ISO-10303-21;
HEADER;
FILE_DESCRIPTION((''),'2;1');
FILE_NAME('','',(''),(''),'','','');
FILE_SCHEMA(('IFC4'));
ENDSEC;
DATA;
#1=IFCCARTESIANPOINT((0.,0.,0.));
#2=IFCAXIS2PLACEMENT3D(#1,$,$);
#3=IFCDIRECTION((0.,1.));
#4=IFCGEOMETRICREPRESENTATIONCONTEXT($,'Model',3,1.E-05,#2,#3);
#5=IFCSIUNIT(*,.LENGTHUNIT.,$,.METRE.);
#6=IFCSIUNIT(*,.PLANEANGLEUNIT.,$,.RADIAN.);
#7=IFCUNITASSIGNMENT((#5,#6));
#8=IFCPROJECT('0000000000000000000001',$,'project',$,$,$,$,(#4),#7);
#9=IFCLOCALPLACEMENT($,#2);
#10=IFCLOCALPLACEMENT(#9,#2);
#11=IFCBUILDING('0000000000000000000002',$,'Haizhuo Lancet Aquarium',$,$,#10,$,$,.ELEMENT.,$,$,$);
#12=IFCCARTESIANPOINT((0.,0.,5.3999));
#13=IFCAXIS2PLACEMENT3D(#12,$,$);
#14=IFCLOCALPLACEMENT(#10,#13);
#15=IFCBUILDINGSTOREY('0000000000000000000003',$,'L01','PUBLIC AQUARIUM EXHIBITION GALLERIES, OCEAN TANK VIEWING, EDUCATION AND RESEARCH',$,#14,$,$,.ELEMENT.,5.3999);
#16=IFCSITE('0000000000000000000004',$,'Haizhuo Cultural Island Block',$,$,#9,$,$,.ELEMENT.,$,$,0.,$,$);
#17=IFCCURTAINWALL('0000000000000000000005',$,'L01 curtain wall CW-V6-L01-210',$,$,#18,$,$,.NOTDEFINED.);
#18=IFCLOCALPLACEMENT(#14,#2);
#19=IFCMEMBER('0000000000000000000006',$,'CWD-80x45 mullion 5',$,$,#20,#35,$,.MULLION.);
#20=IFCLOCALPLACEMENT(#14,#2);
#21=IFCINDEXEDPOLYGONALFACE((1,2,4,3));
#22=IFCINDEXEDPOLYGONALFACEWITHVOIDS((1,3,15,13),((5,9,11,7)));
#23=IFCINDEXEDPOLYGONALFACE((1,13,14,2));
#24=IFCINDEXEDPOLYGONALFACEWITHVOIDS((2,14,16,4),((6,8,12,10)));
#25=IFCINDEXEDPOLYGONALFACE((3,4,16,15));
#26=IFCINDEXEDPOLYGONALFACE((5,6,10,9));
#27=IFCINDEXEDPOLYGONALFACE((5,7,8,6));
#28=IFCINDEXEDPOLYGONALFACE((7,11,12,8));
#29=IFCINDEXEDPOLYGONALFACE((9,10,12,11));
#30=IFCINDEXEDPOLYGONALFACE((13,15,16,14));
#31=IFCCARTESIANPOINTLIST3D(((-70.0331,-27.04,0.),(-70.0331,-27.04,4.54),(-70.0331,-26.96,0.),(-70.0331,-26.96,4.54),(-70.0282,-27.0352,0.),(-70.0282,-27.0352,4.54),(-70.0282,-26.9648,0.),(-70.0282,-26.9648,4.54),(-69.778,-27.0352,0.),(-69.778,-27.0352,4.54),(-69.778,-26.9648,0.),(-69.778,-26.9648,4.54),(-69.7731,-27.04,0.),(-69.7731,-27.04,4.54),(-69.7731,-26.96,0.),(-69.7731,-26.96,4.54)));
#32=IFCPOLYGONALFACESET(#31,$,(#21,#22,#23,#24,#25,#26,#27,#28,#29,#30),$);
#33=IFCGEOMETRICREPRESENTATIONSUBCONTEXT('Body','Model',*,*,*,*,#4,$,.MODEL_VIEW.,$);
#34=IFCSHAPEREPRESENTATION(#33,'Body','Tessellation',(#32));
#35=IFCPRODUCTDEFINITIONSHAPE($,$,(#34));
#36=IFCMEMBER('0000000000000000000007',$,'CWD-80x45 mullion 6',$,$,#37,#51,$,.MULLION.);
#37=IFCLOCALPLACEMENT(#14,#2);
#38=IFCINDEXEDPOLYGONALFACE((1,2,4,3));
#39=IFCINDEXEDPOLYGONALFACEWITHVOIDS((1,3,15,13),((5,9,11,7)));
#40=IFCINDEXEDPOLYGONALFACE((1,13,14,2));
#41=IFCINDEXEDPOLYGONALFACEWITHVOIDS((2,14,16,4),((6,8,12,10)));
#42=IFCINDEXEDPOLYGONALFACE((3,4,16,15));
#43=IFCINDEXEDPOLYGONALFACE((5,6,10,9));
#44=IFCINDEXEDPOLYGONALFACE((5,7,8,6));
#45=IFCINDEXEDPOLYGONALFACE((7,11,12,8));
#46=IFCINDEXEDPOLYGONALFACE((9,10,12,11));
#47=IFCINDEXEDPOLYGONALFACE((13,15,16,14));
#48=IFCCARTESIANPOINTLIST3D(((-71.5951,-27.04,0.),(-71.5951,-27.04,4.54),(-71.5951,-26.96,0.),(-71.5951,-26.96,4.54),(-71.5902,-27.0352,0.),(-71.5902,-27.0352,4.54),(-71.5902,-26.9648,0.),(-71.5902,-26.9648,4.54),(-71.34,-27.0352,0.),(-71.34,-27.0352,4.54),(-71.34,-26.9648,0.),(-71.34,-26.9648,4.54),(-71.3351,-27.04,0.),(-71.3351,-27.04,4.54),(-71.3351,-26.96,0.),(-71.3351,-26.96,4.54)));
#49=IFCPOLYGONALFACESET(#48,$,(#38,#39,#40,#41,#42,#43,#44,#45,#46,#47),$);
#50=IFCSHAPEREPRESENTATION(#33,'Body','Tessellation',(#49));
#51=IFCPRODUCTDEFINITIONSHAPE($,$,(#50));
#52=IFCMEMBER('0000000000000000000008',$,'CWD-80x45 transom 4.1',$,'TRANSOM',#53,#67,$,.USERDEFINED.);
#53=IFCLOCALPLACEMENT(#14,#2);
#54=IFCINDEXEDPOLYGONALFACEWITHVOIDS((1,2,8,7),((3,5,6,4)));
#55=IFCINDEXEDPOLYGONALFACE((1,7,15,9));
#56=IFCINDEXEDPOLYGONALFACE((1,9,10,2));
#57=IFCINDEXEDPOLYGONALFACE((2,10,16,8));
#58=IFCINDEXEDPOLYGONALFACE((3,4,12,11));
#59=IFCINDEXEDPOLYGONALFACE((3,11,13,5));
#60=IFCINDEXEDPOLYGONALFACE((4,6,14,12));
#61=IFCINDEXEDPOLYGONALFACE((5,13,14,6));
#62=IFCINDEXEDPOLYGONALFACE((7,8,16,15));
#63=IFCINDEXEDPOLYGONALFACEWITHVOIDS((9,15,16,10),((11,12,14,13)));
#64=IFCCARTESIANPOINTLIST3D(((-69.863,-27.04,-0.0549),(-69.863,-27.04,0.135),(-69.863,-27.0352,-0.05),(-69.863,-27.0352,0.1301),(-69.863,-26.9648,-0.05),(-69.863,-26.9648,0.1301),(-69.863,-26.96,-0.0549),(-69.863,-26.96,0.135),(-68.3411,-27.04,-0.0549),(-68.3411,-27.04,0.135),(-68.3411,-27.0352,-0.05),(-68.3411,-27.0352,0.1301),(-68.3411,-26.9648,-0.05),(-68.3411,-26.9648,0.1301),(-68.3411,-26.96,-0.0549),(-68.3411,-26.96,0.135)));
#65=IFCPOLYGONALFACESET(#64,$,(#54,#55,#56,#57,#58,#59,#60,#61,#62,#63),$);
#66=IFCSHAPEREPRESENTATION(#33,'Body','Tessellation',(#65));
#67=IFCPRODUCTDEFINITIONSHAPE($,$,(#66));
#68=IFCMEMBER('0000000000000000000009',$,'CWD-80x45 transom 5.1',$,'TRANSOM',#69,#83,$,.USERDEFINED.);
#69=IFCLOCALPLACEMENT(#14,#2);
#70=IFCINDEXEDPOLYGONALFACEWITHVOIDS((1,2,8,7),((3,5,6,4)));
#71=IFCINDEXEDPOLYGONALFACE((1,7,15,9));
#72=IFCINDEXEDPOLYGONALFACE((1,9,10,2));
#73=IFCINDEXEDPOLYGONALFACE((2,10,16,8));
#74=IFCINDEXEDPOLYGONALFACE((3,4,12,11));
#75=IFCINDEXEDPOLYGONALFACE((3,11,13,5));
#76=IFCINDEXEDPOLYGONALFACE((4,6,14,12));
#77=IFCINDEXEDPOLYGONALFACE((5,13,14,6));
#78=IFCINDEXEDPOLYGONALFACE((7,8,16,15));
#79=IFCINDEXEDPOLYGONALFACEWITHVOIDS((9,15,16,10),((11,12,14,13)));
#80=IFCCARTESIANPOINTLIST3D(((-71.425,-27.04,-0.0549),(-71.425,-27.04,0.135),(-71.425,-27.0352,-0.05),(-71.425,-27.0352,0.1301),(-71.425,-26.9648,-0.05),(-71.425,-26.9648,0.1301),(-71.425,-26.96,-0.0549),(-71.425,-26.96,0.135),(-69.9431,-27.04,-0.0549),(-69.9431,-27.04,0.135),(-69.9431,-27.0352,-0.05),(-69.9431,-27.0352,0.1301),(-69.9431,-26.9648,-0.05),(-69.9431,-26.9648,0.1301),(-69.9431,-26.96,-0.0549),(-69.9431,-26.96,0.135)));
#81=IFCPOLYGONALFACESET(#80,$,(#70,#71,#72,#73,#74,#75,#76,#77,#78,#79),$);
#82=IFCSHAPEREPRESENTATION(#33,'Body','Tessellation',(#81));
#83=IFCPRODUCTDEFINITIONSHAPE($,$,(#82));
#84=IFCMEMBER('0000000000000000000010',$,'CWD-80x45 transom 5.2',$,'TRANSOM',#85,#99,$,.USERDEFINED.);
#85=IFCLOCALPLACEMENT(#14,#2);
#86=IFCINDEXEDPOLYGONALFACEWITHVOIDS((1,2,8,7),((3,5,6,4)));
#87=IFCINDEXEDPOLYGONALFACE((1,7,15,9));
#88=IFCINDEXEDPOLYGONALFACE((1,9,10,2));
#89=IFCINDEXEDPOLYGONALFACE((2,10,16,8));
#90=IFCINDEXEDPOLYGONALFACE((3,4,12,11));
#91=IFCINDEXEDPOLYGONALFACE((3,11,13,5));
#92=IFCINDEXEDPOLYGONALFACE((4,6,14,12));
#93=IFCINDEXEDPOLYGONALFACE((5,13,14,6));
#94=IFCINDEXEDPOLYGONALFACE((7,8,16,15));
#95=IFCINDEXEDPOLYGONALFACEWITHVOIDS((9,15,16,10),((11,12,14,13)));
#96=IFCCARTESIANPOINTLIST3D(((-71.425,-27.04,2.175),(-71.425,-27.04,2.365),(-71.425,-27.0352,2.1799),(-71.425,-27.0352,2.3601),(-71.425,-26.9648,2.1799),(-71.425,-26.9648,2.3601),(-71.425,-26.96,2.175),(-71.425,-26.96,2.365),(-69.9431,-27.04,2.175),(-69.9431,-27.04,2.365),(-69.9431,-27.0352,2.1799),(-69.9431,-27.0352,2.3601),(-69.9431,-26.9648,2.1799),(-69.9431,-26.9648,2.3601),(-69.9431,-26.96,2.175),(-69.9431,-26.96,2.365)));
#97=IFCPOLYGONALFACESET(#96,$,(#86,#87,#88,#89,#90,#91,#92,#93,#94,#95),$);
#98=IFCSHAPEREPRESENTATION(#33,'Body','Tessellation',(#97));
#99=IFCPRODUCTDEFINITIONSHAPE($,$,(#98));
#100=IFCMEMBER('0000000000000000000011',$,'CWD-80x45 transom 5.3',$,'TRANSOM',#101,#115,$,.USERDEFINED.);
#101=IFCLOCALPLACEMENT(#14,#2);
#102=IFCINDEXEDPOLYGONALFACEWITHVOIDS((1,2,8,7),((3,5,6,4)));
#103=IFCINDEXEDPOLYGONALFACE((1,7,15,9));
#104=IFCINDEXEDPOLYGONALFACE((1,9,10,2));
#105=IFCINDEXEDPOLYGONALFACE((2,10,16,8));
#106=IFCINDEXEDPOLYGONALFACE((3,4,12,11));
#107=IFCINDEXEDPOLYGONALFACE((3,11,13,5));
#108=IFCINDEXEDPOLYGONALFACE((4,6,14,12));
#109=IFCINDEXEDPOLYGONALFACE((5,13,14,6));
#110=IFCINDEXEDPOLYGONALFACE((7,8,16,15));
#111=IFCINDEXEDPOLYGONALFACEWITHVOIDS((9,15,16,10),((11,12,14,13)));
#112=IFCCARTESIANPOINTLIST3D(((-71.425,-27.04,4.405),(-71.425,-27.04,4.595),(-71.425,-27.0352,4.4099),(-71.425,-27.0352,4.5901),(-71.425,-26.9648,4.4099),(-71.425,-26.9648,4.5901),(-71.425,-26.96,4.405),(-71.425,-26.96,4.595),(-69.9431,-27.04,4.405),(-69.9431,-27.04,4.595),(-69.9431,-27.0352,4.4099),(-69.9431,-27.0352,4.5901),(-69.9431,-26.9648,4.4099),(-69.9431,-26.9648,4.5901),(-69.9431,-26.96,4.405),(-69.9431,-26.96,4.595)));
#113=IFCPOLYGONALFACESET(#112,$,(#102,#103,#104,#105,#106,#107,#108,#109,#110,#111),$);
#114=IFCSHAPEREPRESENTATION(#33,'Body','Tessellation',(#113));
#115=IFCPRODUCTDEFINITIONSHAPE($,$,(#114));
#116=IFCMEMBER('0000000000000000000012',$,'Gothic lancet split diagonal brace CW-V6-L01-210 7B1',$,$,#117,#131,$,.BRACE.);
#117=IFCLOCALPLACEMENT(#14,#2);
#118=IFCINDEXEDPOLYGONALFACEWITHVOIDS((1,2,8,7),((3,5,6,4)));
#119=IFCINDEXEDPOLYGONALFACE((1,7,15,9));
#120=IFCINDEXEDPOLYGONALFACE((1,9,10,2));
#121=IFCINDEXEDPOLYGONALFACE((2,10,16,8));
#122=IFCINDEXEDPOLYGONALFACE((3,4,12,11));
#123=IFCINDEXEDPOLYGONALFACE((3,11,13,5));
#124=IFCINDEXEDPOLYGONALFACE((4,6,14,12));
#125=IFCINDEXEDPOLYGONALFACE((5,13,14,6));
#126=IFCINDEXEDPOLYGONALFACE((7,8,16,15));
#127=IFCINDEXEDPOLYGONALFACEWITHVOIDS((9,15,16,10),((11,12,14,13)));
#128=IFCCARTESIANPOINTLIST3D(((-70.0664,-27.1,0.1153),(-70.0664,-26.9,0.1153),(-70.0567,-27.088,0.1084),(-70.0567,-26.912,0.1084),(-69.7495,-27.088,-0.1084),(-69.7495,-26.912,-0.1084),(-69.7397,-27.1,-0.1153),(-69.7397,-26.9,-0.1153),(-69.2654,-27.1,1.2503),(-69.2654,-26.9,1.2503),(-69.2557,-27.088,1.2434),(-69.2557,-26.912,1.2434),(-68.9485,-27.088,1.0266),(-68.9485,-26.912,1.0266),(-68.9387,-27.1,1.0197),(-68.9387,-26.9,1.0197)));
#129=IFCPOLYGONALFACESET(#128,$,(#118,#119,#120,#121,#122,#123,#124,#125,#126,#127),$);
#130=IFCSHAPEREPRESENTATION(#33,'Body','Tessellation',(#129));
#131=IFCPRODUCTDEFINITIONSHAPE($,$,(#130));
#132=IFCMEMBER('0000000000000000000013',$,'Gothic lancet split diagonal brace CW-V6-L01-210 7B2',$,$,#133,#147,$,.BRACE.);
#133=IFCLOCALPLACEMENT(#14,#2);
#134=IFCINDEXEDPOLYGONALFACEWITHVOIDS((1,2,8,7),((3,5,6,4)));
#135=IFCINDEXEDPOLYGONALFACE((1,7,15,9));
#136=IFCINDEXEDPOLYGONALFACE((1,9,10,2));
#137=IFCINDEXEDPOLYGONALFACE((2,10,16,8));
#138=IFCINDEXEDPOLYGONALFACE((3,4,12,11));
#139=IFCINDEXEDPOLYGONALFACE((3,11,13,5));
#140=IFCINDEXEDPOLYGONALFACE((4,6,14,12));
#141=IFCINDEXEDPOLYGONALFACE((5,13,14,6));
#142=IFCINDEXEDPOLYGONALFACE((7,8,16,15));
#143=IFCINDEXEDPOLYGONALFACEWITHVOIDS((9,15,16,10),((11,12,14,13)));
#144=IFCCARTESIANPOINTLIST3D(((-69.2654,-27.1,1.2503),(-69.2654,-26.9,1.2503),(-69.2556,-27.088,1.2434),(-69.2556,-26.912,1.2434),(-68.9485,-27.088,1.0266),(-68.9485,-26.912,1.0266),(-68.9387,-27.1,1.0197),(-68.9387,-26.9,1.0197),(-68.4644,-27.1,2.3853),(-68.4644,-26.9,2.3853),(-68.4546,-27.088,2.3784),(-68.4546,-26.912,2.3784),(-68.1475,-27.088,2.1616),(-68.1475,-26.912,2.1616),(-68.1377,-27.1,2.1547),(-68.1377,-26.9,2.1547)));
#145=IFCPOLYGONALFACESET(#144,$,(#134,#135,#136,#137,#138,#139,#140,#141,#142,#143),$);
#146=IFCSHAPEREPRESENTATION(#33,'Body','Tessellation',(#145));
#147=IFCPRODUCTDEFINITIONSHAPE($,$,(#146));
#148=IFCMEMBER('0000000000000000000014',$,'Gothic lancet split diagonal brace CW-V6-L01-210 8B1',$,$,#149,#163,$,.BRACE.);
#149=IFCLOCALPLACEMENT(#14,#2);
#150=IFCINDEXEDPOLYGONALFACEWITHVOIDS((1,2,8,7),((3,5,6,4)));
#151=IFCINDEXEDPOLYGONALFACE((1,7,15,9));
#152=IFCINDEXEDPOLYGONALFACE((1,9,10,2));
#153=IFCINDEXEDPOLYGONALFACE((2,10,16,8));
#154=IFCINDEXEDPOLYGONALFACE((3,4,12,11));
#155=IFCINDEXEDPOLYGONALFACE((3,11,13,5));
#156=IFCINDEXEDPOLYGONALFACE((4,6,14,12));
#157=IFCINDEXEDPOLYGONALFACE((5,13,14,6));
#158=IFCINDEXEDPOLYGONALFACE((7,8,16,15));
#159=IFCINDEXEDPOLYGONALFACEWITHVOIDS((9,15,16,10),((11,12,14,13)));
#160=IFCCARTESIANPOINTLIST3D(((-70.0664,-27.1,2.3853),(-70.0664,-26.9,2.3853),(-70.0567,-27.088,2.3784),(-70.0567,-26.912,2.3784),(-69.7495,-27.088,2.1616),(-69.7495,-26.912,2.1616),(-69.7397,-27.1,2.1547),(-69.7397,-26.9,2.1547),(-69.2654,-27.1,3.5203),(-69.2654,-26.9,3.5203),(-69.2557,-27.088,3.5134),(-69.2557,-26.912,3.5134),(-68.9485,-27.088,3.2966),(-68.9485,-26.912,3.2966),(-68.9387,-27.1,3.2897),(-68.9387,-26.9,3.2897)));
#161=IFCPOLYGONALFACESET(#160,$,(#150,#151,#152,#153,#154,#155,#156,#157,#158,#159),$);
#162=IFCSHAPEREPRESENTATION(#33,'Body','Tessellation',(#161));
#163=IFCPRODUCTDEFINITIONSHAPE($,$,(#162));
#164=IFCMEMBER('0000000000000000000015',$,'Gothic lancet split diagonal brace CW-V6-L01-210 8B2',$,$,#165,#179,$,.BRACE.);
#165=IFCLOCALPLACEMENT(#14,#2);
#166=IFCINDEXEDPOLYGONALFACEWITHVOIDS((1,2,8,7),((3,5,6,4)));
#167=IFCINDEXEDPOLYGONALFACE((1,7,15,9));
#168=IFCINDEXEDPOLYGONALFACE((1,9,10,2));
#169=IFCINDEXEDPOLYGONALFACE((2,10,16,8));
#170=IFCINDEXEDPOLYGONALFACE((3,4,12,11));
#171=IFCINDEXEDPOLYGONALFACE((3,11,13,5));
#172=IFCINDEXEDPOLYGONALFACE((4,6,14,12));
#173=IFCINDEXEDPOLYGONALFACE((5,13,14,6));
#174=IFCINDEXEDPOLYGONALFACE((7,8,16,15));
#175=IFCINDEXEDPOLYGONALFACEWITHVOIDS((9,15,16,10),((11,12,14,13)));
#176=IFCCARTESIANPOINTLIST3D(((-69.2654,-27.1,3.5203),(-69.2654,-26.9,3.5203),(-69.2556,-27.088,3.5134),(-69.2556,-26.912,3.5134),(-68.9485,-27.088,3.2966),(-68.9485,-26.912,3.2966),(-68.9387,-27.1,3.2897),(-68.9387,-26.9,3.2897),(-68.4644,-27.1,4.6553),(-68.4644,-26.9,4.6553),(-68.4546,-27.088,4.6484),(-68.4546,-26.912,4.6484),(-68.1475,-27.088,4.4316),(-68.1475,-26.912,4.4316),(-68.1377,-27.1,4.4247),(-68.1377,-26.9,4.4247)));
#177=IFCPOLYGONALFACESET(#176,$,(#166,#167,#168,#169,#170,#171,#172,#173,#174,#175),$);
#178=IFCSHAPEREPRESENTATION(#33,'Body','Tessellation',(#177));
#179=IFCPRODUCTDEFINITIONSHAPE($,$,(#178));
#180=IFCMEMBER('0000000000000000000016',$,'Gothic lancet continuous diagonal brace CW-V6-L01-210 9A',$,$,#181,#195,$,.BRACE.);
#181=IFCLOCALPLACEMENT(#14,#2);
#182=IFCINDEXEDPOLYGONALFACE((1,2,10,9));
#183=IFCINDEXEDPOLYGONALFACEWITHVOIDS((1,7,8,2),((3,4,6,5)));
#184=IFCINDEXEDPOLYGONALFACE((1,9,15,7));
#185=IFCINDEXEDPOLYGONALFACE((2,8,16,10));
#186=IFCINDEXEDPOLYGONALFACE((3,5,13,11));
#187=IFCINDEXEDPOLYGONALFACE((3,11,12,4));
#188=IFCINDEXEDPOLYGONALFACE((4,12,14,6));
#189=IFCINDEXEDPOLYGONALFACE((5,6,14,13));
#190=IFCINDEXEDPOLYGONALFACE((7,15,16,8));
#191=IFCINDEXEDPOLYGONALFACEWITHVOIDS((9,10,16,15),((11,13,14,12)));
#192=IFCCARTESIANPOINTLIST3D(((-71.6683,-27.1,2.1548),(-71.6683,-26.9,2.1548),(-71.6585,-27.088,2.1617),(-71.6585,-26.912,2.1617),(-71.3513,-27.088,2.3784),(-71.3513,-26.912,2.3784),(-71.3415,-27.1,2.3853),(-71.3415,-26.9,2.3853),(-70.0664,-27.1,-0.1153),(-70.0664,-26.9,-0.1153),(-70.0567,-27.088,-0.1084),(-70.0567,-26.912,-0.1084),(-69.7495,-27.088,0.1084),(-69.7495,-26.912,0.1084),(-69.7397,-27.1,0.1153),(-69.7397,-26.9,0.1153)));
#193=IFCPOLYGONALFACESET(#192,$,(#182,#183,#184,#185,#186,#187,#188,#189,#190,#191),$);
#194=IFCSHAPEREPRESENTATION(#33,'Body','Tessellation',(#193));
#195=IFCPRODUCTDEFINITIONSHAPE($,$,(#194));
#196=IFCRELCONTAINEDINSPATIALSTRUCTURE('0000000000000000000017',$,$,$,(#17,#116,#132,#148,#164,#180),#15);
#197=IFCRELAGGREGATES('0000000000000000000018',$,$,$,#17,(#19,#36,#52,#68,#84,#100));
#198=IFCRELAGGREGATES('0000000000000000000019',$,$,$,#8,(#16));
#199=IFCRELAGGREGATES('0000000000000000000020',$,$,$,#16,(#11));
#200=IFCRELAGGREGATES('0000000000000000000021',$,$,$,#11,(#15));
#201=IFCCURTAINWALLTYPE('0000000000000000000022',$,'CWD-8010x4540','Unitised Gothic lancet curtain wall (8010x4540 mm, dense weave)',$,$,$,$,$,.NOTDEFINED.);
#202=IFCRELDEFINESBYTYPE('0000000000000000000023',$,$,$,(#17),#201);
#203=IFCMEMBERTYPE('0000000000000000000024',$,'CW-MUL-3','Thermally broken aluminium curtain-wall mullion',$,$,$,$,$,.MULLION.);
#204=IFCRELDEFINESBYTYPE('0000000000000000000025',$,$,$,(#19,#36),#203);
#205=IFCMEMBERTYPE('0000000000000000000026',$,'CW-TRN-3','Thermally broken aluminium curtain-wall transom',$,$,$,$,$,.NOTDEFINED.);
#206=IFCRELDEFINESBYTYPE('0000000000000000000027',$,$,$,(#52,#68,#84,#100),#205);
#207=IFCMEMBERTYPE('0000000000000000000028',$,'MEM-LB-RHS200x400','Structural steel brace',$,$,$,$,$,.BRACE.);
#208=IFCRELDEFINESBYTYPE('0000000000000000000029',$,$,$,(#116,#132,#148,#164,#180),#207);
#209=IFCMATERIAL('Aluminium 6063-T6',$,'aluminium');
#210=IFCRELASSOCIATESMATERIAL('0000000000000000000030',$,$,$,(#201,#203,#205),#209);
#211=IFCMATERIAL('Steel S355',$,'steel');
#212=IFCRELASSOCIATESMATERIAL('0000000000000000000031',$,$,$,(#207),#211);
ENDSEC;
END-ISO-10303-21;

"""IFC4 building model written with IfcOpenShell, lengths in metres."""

from ifc_helpers import new_model, si_unit, direction, frame, origin, origin_2d, place, context, subcontext, project, spatial, hollow_rectangle, extrude, material, material_profile, profile_set, type_object, element, aggregate, save


model = new_model("IFC4")

# Units and contexts
model_context = context("Model", 3, precision=1e-05, world=origin(), true_north=direction((0.0, 1.0)))
body_context = subcontext(model_context, "Body", "Model", "MODEL_VIEW")
ifc_project = project(units=[si_unit("LENGTHUNIT", "METRE"), si_unit("PLANEANGLEUNIT", "RADIAN")], contexts=[model_context])

# Site, building, storey
site_placement = place(None, origin())
site = spatial("IfcSite", under=ifc_project, at=site_placement, Name="Haizhuo Cultural Island Block", CompositionType="ELEMENT", RefElevation=0.0)
building_placement = place(site_placement, origin())
building = spatial("IfcBuilding", under=site, at=building_placement, Name="Haizhuo Lancet Aquarium", CompositionType="ELEMENT")
storey_placement = place(building_placement, frame((0.0, 0.0, 5.3999)))
storey = spatial("IfcBuildingStorey", under=building, at=storey_placement, Name="L01", Description="PUBLIC AQUARIUM EXHIBITION GALLERIES, OCEAN TANK VIEWING, EDUCATION AND RESEARCH", CompositionType="ELEMENT", Elevation=5.3999)

# Curtain wall, members
ifc_material_1 = material(Name="Aluminium 6063-T6", Category="aluminium")
curtain_wall_type = type_object("IfcCurtainWallType", Name="CWD-8010x4540", Description="Unitised Gothic lancet curtain wall (8010x4540 mm, dense weave)", PredefinedType="NOTDEFINED", material=ifc_material_1)
curtain_wall_placement = place(storey_placement, origin())
curtain_wall = element("IfcCurtainWall", 1, at=curtain_wall_placement, inside=storey, type_object=curtain_wall_type, Name="L01 curtain wall CW-V6-L01-210", PredefinedType="NOTDEFINED")
ifc_material_profile_1 = material_profile(ifc_material_1, hollow_rectangle(XDim=0.0801, YDim=0.26, WallThickness=0.0049, at=origin_2d()), Name="ALU-M 80x260x5")
ifc_profile_set_1 = profile_set([ifc_material_profile_1], Name="Aluminium 6063-T6")
member_type_1 = type_object("IfcMemberType", Name="CW-MUL-3", Description="Thermally broken aluminium curtain-wall mullion", PredefinedType="MULLION", material=ifc_profile_set_1)
member_1_placement = place(storey_placement, frame((-69.9031, -27.0, 0.0), z_axis=(0.0, 0.0, 1.0), x_axis=(0.0, -1.0, 0.0)))
member_1 = element("IfcMember", 2, at=member_1_placement, type_object=member_type_1, Name="CWD-80x45 mullion 5", PredefinedType="MULLION", context=body_context, shape_type="SweptSolid", body=[
    extrude(hollow_rectangle(XDim=0.0801, YDim=0.26, WallThickness=0.0049, at=origin_2d()), origin(), (0.0, 0.0, 1.0), 4.54),
])
member_2_placement = place(storey_placement, frame((-71.4651, -27.0, 0.0), z_axis=(0.0, 0.0, 1.0), x_axis=(0.0, -1.0, 0.0)))
member_2 = element("IfcMember", 3, at=member_2_placement, type_object=member_type_1, Name="CWD-80x45 mullion 6", PredefinedType="MULLION", context=body_context, shape_type="SweptSolid", body=[
    extrude(hollow_rectangle(XDim=0.0801, YDim=0.26, WallThickness=0.0049, at=origin_2d()), origin(), (0.0, 0.0, 1.0), 4.54),
])
ifc_material_profile_2 = material_profile(ifc_material_1, hollow_rectangle(XDim=0.0801, YDim=0.1899, WallThickness=0.0049, at=origin_2d()), Name="ALU-T 80x190x5")
ifc_profile_set_2 = profile_set([ifc_material_profile_2], Name="Aluminium 6063-T6")
member_type_2 = type_object("IfcMemberType", Name="CW-TRN-3", Description="Thermally broken aluminium curtain-wall transom", PredefinedType="NOTDEFINED", material=ifc_profile_set_2)
member_3_placement = place(storey_placement, frame((-68.3411, -27.0, 0.04), z_axis=(-1.0, 0.0, 0.0), x_axis=(0.0, -1.0, 0.0)))
member_3 = element("IfcMember", 4, at=member_3_placement, type_object=member_type_2, Name="CWD-80x45 transom 4.1", ObjectType="TRANSOM", PredefinedType="USERDEFINED", context=body_context, shape_type="SweptSolid", body=[
    extrude(hollow_rectangle(XDim=0.0801, YDim=0.1899, WallThickness=0.0049, at=origin_2d()), origin(), (0.0, 0.0, 1.0), 1.522),
])
member_4_placement = place(storey_placement, frame((-69.9431, -27.0, 0.04), z_axis=(-1.0, 0.0, 0.0), x_axis=(0.0, -1.0, 0.0)))
member_4 = element("IfcMember", 5, at=member_4_placement, type_object=member_type_2, Name="CWD-80x45 transom 5.1", ObjectType="TRANSOM", PredefinedType="USERDEFINED", context=body_context, shape_type="SweptSolid", body=[
    extrude(hollow_rectangle(XDim=0.0801, YDim=0.1899, WallThickness=0.0049, at=origin_2d()), origin(), (0.0, 0.0, 1.0), 1.4819),
])
member_5_placement = place(storey_placement, frame((-69.9431, -27.0, 2.27), z_axis=(-1.0, 0.0, 0.0), x_axis=(0.0, -1.0, 0.0)))
member_5 = element("IfcMember", 6, at=member_5_placement, type_object=member_type_2, Name="CWD-80x45 transom 5.2", ObjectType="TRANSOM", PredefinedType="USERDEFINED", context=body_context, shape_type="SweptSolid", body=[
    extrude(hollow_rectangle(XDim=0.0801, YDim=0.1899, WallThickness=0.0049, at=origin_2d()), origin(), (0.0, 0.0, 1.0), 1.4819),
])
member_6_placement = place(storey_placement, frame((-69.9431, -27.0, 4.5), z_axis=(-1.0, 0.0, 0.0), x_axis=(0.0, -1.0, 0.0)))
member_6 = element("IfcMember", 7, at=member_6_placement, type_object=member_type_2, Name="CWD-80x45 transom 5.3", ObjectType="TRANSOM", PredefinedType="USERDEFINED", context=body_context, shape_type="SweptSolid", body=[
    extrude(hollow_rectangle(XDim=0.0801, YDim=0.1899, WallThickness=0.0049, at=origin_2d()), origin(), (0.0, 0.0, 1.0), 1.4819),
])

# Members
ifc_material_2 = material(Name="Steel S355", Category="steel")
ifc_material_profile_3 = material_profile(ifc_material_2, hollow_rectangle(XDim=0.2, YDim=0.3999, WallThickness=0.012, at=origin_2d()), Name="RHS 200x400x12")
ifc_profile_set_3 = profile_set([ifc_material_profile_3], Name="Steel S355")
member_type_3 = type_object("IfcMemberType", Name="MEM-LB-RHS200x400", Description="Structural steel brace", PredefinedType="BRACE", material=ifc_profile_set_3)
for number, where, z_axis, x_axis, name in (
    (8, (-69.9031, -27.0, 0.0), (0.576607, 0.0, 0.817021), (0.0, 1.0, 0.0), "Gothic lancet split diagonal brace CW-V6-L01-210 7B1"),
    (9, (-69.1021, -27.0, 1.135), (0.576607, 0.0, 0.817021), (0.0, 1.0, 0.0), "Gothic lancet split diagonal brace CW-V6-L01-210 7B2"),
    (10, (-69.9031, -27.0, 2.27), (0.576607, 0.0, 0.817021), (0.0, 1.0, 0.0), "Gothic lancet split diagonal brace CW-V6-L01-210 8B1"),
    (11, (-69.1021, -27.0, 3.405), (0.576607, 0.0, 0.817021), (0.0, 1.0, 0.0), "Gothic lancet split diagonal brace CW-V6-L01-210 8B2"),
):
    element("IfcMember", number, at=place(storey_placement, frame(where, z_axis=z_axis, x_axis=x_axis)), inside=storey, type_object=member_type_3, Name=name, PredefinedType="BRACE", context=body_context, shape_type="SweptSolid", body=[
        extrude(hollow_rectangle(XDim=0.2, YDim=0.3999, WallThickness=0.012, at=origin_2d()), origin(), (0.0, 0.0, 1.0), 1.3892),
    ])
member_7_placement = place(storey_placement, frame((-69.9031, -27.0, 0.0), z_axis=(-0.576549, 0.0, 0.817063), x_axis=(0.0, -1.0, 0.0)))
element("IfcMember", 12, at=member_7_placement, inside=storey, type_object=member_type_3, Name="Gothic lancet continuous diagonal brace CW-V6-L01-210 9A", PredefinedType="BRACE", context=body_context, shape_type="SweptSolid", body=[
    extrude(hollow_rectangle(XDim=0.2, YDim=0.3999, WallThickness=0.012, at=origin_2d()), origin(), (0.0, 0.0, 1.0), 2.7783),
])

aggregate(curtain_wall, [member_1, member_2, member_3, member_4, member_5, member_6])

save(model, "model.ifc")
